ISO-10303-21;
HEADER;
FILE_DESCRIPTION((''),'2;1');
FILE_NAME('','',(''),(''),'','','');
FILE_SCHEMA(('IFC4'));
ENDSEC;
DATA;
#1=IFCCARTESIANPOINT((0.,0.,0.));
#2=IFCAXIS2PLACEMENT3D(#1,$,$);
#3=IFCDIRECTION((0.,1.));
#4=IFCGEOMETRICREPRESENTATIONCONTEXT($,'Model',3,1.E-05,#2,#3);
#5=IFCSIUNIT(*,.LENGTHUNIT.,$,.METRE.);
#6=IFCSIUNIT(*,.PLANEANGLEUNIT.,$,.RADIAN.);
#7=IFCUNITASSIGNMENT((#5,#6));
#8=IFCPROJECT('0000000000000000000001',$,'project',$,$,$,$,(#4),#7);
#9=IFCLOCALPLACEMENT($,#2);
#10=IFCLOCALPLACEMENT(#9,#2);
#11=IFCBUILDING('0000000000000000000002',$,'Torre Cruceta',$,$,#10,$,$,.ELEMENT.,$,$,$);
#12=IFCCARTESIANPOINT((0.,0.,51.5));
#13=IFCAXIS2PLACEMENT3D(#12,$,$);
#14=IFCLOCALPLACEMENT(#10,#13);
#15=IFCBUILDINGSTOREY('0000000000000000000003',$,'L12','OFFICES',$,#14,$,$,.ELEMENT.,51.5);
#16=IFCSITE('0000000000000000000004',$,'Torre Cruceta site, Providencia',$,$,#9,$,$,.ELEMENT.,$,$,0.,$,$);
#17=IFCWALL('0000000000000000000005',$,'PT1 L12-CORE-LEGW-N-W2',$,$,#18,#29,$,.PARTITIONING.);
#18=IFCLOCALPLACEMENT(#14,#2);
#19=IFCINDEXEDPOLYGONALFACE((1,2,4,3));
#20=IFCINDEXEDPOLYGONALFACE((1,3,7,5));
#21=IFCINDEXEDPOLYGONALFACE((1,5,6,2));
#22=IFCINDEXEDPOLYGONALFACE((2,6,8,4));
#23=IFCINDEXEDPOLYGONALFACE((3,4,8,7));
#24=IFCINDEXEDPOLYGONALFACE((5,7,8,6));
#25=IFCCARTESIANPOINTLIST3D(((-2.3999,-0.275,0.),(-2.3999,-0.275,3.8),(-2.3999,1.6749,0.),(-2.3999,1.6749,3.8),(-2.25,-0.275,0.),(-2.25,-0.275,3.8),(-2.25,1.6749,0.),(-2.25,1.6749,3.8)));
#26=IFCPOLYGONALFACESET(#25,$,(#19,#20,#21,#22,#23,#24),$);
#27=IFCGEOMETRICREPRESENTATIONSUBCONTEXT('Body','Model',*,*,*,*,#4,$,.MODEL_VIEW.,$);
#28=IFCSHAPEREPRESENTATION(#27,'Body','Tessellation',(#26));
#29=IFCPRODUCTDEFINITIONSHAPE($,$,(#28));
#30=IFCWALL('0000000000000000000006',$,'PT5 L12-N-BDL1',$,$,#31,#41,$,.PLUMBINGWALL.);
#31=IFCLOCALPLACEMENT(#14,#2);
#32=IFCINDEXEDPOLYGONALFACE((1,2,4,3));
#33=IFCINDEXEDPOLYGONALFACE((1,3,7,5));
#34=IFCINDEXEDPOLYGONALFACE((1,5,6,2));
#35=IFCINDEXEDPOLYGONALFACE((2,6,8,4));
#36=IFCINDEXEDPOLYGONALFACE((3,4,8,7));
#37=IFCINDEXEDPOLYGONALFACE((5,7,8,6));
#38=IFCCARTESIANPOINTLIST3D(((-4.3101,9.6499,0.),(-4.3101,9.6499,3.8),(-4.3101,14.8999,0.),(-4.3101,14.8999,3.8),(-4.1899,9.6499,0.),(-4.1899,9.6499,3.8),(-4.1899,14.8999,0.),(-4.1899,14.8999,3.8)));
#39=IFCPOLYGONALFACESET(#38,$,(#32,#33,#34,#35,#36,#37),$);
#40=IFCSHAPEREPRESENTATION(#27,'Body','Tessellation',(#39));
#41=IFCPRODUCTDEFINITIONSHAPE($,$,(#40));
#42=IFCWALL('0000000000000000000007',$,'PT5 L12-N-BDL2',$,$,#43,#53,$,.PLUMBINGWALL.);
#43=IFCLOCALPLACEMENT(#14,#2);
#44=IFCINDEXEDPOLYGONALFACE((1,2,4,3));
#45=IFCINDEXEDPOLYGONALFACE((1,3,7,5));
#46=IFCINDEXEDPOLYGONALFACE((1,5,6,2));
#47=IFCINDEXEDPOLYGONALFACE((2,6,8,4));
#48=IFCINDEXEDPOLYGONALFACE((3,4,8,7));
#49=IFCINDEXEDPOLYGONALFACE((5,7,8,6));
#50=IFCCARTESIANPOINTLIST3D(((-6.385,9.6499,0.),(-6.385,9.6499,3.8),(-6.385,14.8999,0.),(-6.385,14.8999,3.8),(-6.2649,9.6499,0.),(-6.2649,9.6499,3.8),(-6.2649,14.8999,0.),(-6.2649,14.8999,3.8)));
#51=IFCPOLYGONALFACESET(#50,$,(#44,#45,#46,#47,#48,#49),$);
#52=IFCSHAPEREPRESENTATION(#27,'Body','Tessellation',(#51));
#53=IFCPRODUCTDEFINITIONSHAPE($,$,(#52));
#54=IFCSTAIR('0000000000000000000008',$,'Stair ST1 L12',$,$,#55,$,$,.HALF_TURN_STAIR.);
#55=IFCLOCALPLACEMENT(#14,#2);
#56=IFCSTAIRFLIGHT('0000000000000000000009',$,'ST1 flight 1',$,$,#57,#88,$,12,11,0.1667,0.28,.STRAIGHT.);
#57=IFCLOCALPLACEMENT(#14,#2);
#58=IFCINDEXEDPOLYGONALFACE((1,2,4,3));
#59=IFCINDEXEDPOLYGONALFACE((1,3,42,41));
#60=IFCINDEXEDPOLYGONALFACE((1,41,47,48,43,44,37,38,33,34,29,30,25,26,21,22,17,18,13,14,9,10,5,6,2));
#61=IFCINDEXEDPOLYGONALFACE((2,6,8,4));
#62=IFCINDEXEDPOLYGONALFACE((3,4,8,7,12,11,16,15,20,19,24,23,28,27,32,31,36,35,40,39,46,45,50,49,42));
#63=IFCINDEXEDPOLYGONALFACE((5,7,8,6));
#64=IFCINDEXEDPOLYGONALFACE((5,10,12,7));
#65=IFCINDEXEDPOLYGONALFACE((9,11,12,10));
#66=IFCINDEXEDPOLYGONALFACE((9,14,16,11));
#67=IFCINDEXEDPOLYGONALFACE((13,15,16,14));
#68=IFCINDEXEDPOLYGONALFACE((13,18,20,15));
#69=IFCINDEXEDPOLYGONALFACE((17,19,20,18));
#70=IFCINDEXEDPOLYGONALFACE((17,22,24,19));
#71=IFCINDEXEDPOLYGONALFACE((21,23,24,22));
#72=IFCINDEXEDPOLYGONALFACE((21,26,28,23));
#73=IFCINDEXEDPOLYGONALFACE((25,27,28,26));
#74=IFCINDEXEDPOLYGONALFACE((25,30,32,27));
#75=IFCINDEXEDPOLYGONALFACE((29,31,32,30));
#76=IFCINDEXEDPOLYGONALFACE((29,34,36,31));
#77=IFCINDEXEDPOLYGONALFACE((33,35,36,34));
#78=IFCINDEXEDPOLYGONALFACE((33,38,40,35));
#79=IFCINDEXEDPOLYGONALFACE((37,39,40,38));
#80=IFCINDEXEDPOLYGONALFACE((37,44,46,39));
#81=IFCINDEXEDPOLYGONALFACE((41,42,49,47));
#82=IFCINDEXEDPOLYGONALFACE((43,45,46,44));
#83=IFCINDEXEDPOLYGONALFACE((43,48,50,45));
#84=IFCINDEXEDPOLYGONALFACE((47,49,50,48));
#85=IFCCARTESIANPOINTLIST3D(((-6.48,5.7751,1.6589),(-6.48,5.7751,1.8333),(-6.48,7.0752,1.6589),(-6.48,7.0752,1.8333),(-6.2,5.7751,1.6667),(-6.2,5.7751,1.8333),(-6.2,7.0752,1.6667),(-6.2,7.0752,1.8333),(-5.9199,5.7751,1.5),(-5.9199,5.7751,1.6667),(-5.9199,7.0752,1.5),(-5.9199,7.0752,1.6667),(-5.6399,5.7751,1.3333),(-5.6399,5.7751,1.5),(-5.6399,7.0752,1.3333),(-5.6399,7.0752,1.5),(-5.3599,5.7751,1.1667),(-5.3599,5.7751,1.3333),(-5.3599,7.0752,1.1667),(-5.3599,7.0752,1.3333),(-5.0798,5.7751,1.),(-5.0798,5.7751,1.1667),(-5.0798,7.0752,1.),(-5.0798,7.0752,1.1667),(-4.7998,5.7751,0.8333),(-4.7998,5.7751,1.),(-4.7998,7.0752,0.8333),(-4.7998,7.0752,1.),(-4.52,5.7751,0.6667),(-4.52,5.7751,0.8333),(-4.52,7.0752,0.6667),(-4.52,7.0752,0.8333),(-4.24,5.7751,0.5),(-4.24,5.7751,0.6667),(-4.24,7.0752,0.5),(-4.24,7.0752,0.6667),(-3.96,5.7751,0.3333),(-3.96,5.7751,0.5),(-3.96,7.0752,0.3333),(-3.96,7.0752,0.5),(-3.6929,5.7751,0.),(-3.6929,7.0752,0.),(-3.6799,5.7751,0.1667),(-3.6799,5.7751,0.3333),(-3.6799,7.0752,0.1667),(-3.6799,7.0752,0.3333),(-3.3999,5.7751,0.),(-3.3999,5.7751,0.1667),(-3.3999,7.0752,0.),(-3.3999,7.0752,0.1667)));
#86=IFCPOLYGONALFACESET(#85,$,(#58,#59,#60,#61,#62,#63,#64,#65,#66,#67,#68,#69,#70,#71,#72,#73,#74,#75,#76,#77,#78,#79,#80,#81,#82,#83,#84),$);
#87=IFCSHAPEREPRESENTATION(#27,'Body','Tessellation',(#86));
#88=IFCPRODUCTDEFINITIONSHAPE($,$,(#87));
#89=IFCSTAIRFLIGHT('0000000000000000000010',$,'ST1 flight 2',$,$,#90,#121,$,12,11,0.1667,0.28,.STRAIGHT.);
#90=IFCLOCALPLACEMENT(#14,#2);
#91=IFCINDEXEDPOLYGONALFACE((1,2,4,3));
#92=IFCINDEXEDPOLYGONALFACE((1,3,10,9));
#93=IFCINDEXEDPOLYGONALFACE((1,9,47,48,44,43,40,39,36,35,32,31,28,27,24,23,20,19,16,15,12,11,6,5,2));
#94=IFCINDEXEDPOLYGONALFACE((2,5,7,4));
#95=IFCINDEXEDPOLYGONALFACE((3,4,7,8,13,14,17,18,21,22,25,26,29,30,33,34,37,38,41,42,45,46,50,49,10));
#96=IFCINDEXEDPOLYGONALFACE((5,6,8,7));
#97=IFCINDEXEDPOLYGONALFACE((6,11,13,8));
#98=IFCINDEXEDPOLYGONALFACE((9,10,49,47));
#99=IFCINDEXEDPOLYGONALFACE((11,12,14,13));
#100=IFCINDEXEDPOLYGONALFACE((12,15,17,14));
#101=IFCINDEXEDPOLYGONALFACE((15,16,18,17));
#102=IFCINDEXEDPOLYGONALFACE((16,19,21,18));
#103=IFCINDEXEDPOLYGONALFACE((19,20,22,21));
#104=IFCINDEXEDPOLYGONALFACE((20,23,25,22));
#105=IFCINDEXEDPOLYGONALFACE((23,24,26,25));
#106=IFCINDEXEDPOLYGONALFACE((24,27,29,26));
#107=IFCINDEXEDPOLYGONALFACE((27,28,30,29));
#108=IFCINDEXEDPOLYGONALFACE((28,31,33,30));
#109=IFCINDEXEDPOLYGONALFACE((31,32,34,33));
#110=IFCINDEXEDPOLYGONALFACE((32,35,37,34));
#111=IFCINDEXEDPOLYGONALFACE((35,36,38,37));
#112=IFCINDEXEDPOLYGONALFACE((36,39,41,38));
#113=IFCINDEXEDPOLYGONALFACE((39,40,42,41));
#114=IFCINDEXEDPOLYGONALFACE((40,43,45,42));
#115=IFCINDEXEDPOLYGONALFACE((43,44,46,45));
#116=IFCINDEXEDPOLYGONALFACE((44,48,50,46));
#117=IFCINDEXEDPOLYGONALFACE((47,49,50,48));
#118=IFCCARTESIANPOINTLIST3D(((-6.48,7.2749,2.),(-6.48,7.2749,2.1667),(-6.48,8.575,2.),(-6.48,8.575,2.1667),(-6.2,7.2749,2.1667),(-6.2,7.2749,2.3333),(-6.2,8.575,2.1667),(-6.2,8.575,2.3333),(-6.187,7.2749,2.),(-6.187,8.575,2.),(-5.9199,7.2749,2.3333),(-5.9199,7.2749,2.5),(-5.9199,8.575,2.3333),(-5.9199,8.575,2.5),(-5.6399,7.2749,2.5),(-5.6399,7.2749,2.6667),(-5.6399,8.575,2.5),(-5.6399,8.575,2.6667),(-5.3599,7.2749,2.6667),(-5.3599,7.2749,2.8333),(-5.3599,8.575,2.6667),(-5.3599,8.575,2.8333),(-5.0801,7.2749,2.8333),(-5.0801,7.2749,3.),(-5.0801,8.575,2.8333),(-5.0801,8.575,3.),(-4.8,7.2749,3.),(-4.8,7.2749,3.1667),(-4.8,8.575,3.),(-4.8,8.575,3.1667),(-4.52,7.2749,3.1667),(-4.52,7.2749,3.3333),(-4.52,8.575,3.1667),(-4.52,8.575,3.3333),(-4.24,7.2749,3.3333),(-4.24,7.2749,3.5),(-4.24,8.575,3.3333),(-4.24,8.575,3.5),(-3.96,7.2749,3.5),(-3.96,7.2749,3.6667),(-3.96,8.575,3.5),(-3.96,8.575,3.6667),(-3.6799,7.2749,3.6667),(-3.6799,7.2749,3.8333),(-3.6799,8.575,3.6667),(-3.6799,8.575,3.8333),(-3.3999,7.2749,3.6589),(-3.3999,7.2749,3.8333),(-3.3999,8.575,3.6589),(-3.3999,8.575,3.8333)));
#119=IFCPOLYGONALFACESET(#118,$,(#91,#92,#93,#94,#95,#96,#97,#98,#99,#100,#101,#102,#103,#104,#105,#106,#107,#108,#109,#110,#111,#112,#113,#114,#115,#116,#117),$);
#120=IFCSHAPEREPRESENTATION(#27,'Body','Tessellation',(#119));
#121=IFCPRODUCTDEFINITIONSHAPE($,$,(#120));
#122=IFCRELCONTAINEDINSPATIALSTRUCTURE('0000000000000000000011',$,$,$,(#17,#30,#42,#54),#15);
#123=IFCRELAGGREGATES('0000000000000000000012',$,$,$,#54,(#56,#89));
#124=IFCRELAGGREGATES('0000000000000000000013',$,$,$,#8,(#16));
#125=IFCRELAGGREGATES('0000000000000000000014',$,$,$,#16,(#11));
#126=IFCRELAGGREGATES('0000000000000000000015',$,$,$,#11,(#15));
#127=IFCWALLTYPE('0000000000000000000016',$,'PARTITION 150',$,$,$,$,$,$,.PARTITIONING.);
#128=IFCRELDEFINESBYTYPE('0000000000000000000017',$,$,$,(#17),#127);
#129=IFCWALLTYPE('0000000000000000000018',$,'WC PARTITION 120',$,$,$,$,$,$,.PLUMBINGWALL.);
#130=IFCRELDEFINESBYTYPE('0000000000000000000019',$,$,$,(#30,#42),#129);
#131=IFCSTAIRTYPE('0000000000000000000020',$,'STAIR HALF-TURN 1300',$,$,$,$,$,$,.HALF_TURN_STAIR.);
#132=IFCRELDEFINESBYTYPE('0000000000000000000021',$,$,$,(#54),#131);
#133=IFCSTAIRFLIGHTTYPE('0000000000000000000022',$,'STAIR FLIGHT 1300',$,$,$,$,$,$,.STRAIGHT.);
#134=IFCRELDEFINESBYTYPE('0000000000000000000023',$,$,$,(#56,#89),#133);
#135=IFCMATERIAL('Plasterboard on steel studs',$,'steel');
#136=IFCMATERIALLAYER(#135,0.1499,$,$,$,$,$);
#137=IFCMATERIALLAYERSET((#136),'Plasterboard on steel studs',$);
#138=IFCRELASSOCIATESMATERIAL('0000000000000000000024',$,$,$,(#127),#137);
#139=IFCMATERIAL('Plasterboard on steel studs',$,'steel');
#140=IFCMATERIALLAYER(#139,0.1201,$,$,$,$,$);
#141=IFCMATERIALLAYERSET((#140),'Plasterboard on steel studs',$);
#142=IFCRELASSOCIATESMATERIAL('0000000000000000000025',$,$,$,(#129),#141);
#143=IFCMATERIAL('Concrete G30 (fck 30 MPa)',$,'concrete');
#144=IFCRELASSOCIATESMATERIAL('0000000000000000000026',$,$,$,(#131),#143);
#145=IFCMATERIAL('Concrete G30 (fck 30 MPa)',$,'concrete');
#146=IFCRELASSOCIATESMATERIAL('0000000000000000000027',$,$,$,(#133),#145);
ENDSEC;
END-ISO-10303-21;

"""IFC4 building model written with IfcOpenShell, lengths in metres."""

from ifc_helpers import new_model, si_unit, direction, frame, frame_2d, origin, place, context, subcontext, project, spatial, polyline, rectangle, outline, extrude, material, layer, layer_set, type_object, element, aggregate, save


model = new_model("IFC4")

# Units and contexts
model_context = context("Model", 3, precision=1e-05, world=origin(), true_north=direction((0.0, 1.0)))
body_context = subcontext(model_context, "Body", "Model", "MODEL_VIEW")
ifc_project = project(units=[si_unit("LENGTHUNIT", "METRE"), si_unit("PLANEANGLEUNIT", "RADIAN")], contexts=[model_context])

# Site, building, storey
site_placement = place(None, origin())
site = spatial("IfcSite", under=ifc_project, at=site_placement, Name="Torre Cruceta site, Providencia", CompositionType="ELEMENT", RefElevation=0.0)
building_placement = place(site_placement, origin())
building = spatial("IfcBuilding", under=site, at=building_placement, Name="Torre Cruceta", CompositionType="ELEMENT")
storey_placement = place(building_placement, frame((0.0, 0.0, 51.5)))
storey = spatial("IfcBuildingStorey", under=building, at=storey_placement, Name="L12", Description="OFFICES", CompositionType="ELEMENT", Elevation=51.5)

# Walls
ifc_material_1 = material(Name="Plasterboard on steel studs", Category="steel")
ifc_layer_1 = layer(ifc_material_1, 0.1499)
ifc_layer_set_1 = layer_set([ifc_layer_1], Name="Plasterboard on steel studs")
wall_type_1 = type_object("IfcWallType", Name="PARTITION 150", PredefinedType="PARTITIONING", material=ifc_layer_set_1)
wall_1_placement = place(storey_placement, frame((-2.325, 1.675, 0.0), z_axis=(0.0, 0.0, 1.0), x_axis=(0.0, -1.0, 0.0)))
element("IfcWall", 1, at=wall_1_placement, inside=storey, type_object=wall_type_1, Name="PT1 L12-CORE-LEGW-N-W2", PredefinedType="PARTITIONING", context=body_context, shape_type="SweptSolid", body=[
    extrude(rectangle(XDim=1.95, YDim=0.1499, at=frame_2d((0.9751, 0.0))), origin(), (0.0, 0.0, 1.0), 3.8),
])
ifc_material_2 = material(Name="Plasterboard on steel studs", Category="steel")
ifc_layer_2 = layer(ifc_material_2, 0.1201)
ifc_layer_set_2 = layer_set([ifc_layer_2], Name="Plasterboard on steel studs")
wall_type_2 = type_object("IfcWallType", Name="WC PARTITION 120", PredefinedType="PLUMBINGWALL", material=ifc_layer_set_2)
for number, where, z_axis, x_axis, name in (
    (2, (-4.25, 9.6499, 0.0), (0.0, 0.0, 1.0), (0.0, 1.0, 0.0), "PT5 L12-N-BDL1"),
    (3, (-6.325, 9.6499, 0.0), (0.0, 0.0, 1.0), (0.0, 1.0, 0.0), "PT5 L12-N-BDL2"),
):
    element("IfcWall", number, at=place(storey_placement, frame(where, z_axis=z_axis, x_axis=x_axis)), inside=storey, type_object=wall_type_2, Name=name, PredefinedType="PLUMBINGWALL", context=body_context, shape_type="SweptSolid", body=[
        extrude(rectangle(XDim=5.25, YDim=0.1201, at=frame_2d((2.625, 0.0))), origin(), (0.0, 0.0, 1.0), 3.8),
    ])

# Stair, stair flights
ifc_material_3 = material(Name="Concrete G30 (fck 30 MPa)", Category="concrete")
stair_type = type_object("IfcStairType", Name="STAIR HALF-TURN 1300", PredefinedType="HALF_TURN_STAIR", material=ifc_material_3)
stair_placement = place(storey_placement, origin())
stair = element("IfcStair", 4, at=stair_placement, inside=storey, type_object=stair_type, Name="Stair ST1 L12", PredefinedType="HALF_TURN_STAIR")
ifc_material_4 = material(Name="Concrete G30 (fck 30 MPa)", Category="concrete")
stair_flight_type = type_object("IfcStairFlightType", Name="STAIR FLIGHT 1300", PredefinedType="STRAIGHT", material=ifc_material_4)
stair_flight_1_placement = place(storey_placement, frame((-3.3999, 6.425, 0.0), z_axis=(0.0, 0.0, 1.0), x_axis=(-1.0, 0.0, 0.0)))
stair_flight_1 = element("IfcStairFlight", 5, at=stair_flight_1_placement, type_object=stair_flight_type, Name="ST1 flight 1", NumberOfRisers=12, NumberOfTreads=11, PredefinedType="STRAIGHT", RiserHeight=0.1667, TreadLength=0.28, context=body_context, shape_type="SweptSolid", body=[
    extrude(outline(polyline([(0.0, 0.0), (0.0, 0.1667), (0.28, 0.1667), (0.28, 0.3333), (0.5601, 0.3333), (0.5601, 0.5), (0.8401, 0.5), (0.8401, 0.6667), (1.1201, 0.6667), (1.1201, 0.8333), (1.3999, 0.8333), (1.3999, 1.0), (1.6799, 1.0), (1.6799, 1.1667), (1.96, 1.1667), (1.96, 1.3333), (2.24, 1.3333), (2.24, 1.5), (2.52, 1.5), (2.52, 1.6667), (2.8, 1.6667), (2.8, 1.8333), (3.0801, 1.8333), (3.0801, 2.0), (3.0801, 1.6589), (0.293, 0.0), (0.0, 0.0)])), frame((0.0, 0.6499, 0.0), z_axis=(0.0, -1.0, 0.0), x_axis=(1.0, 0.0, 0.0)), (0.0, 0.0, 1.0), 1.3),
])
stair_flight_2_placement = place(storey_placement, frame((-6.48, 7.925, 2.0), z_axis=(0.0, 0.0, 1.0), x_axis=(1.0, 0.0, 0.0)))
stair_flight_2 = element("IfcStairFlight", 6, at=stair_flight_2_placement, type_object=stair_flight_type, Name="ST1 flight 2", NumberOfRisers=12, NumberOfTreads=11, PredefinedType="STRAIGHT", RiserHeight=0.1667, TreadLength=0.28, context=body_context, shape_type="SweptSolid", body=[
    extrude(outline(polyline([(0.0, 0.0), (0.0, 0.1667), (0.28, 0.1667), (0.28, 0.3333), (0.5601, 0.3333), (0.5601, 0.5), (0.8401, 0.5), (0.8401, 0.6667), (1.1201, 0.6667), (1.1201, 0.8333), (1.3999, 0.8333), (1.3999, 1.0), (1.6799, 1.0), (1.6799, 1.1667), (1.96, 1.1667), (1.96, 1.3333), (2.24, 1.3333), (2.24, 1.5), (2.52, 1.5), (2.52, 1.6667), (2.8, 1.6667), (2.8, 1.8333), (3.0801, 1.8333), (3.0801, 2.0), (3.0801, 1.6589), (0.293, 0.0), (0.0, 0.0)])), frame((0.0, 0.6499, 0.0), z_axis=(0.0, -1.0, 0.0), x_axis=(1.0, 0.0, 0.0)), (0.0, 0.0, 1.0), 1.3),
])
aggregate(stair, [stair_flight_1, stair_flight_2])

save(model, "model.ifc")
